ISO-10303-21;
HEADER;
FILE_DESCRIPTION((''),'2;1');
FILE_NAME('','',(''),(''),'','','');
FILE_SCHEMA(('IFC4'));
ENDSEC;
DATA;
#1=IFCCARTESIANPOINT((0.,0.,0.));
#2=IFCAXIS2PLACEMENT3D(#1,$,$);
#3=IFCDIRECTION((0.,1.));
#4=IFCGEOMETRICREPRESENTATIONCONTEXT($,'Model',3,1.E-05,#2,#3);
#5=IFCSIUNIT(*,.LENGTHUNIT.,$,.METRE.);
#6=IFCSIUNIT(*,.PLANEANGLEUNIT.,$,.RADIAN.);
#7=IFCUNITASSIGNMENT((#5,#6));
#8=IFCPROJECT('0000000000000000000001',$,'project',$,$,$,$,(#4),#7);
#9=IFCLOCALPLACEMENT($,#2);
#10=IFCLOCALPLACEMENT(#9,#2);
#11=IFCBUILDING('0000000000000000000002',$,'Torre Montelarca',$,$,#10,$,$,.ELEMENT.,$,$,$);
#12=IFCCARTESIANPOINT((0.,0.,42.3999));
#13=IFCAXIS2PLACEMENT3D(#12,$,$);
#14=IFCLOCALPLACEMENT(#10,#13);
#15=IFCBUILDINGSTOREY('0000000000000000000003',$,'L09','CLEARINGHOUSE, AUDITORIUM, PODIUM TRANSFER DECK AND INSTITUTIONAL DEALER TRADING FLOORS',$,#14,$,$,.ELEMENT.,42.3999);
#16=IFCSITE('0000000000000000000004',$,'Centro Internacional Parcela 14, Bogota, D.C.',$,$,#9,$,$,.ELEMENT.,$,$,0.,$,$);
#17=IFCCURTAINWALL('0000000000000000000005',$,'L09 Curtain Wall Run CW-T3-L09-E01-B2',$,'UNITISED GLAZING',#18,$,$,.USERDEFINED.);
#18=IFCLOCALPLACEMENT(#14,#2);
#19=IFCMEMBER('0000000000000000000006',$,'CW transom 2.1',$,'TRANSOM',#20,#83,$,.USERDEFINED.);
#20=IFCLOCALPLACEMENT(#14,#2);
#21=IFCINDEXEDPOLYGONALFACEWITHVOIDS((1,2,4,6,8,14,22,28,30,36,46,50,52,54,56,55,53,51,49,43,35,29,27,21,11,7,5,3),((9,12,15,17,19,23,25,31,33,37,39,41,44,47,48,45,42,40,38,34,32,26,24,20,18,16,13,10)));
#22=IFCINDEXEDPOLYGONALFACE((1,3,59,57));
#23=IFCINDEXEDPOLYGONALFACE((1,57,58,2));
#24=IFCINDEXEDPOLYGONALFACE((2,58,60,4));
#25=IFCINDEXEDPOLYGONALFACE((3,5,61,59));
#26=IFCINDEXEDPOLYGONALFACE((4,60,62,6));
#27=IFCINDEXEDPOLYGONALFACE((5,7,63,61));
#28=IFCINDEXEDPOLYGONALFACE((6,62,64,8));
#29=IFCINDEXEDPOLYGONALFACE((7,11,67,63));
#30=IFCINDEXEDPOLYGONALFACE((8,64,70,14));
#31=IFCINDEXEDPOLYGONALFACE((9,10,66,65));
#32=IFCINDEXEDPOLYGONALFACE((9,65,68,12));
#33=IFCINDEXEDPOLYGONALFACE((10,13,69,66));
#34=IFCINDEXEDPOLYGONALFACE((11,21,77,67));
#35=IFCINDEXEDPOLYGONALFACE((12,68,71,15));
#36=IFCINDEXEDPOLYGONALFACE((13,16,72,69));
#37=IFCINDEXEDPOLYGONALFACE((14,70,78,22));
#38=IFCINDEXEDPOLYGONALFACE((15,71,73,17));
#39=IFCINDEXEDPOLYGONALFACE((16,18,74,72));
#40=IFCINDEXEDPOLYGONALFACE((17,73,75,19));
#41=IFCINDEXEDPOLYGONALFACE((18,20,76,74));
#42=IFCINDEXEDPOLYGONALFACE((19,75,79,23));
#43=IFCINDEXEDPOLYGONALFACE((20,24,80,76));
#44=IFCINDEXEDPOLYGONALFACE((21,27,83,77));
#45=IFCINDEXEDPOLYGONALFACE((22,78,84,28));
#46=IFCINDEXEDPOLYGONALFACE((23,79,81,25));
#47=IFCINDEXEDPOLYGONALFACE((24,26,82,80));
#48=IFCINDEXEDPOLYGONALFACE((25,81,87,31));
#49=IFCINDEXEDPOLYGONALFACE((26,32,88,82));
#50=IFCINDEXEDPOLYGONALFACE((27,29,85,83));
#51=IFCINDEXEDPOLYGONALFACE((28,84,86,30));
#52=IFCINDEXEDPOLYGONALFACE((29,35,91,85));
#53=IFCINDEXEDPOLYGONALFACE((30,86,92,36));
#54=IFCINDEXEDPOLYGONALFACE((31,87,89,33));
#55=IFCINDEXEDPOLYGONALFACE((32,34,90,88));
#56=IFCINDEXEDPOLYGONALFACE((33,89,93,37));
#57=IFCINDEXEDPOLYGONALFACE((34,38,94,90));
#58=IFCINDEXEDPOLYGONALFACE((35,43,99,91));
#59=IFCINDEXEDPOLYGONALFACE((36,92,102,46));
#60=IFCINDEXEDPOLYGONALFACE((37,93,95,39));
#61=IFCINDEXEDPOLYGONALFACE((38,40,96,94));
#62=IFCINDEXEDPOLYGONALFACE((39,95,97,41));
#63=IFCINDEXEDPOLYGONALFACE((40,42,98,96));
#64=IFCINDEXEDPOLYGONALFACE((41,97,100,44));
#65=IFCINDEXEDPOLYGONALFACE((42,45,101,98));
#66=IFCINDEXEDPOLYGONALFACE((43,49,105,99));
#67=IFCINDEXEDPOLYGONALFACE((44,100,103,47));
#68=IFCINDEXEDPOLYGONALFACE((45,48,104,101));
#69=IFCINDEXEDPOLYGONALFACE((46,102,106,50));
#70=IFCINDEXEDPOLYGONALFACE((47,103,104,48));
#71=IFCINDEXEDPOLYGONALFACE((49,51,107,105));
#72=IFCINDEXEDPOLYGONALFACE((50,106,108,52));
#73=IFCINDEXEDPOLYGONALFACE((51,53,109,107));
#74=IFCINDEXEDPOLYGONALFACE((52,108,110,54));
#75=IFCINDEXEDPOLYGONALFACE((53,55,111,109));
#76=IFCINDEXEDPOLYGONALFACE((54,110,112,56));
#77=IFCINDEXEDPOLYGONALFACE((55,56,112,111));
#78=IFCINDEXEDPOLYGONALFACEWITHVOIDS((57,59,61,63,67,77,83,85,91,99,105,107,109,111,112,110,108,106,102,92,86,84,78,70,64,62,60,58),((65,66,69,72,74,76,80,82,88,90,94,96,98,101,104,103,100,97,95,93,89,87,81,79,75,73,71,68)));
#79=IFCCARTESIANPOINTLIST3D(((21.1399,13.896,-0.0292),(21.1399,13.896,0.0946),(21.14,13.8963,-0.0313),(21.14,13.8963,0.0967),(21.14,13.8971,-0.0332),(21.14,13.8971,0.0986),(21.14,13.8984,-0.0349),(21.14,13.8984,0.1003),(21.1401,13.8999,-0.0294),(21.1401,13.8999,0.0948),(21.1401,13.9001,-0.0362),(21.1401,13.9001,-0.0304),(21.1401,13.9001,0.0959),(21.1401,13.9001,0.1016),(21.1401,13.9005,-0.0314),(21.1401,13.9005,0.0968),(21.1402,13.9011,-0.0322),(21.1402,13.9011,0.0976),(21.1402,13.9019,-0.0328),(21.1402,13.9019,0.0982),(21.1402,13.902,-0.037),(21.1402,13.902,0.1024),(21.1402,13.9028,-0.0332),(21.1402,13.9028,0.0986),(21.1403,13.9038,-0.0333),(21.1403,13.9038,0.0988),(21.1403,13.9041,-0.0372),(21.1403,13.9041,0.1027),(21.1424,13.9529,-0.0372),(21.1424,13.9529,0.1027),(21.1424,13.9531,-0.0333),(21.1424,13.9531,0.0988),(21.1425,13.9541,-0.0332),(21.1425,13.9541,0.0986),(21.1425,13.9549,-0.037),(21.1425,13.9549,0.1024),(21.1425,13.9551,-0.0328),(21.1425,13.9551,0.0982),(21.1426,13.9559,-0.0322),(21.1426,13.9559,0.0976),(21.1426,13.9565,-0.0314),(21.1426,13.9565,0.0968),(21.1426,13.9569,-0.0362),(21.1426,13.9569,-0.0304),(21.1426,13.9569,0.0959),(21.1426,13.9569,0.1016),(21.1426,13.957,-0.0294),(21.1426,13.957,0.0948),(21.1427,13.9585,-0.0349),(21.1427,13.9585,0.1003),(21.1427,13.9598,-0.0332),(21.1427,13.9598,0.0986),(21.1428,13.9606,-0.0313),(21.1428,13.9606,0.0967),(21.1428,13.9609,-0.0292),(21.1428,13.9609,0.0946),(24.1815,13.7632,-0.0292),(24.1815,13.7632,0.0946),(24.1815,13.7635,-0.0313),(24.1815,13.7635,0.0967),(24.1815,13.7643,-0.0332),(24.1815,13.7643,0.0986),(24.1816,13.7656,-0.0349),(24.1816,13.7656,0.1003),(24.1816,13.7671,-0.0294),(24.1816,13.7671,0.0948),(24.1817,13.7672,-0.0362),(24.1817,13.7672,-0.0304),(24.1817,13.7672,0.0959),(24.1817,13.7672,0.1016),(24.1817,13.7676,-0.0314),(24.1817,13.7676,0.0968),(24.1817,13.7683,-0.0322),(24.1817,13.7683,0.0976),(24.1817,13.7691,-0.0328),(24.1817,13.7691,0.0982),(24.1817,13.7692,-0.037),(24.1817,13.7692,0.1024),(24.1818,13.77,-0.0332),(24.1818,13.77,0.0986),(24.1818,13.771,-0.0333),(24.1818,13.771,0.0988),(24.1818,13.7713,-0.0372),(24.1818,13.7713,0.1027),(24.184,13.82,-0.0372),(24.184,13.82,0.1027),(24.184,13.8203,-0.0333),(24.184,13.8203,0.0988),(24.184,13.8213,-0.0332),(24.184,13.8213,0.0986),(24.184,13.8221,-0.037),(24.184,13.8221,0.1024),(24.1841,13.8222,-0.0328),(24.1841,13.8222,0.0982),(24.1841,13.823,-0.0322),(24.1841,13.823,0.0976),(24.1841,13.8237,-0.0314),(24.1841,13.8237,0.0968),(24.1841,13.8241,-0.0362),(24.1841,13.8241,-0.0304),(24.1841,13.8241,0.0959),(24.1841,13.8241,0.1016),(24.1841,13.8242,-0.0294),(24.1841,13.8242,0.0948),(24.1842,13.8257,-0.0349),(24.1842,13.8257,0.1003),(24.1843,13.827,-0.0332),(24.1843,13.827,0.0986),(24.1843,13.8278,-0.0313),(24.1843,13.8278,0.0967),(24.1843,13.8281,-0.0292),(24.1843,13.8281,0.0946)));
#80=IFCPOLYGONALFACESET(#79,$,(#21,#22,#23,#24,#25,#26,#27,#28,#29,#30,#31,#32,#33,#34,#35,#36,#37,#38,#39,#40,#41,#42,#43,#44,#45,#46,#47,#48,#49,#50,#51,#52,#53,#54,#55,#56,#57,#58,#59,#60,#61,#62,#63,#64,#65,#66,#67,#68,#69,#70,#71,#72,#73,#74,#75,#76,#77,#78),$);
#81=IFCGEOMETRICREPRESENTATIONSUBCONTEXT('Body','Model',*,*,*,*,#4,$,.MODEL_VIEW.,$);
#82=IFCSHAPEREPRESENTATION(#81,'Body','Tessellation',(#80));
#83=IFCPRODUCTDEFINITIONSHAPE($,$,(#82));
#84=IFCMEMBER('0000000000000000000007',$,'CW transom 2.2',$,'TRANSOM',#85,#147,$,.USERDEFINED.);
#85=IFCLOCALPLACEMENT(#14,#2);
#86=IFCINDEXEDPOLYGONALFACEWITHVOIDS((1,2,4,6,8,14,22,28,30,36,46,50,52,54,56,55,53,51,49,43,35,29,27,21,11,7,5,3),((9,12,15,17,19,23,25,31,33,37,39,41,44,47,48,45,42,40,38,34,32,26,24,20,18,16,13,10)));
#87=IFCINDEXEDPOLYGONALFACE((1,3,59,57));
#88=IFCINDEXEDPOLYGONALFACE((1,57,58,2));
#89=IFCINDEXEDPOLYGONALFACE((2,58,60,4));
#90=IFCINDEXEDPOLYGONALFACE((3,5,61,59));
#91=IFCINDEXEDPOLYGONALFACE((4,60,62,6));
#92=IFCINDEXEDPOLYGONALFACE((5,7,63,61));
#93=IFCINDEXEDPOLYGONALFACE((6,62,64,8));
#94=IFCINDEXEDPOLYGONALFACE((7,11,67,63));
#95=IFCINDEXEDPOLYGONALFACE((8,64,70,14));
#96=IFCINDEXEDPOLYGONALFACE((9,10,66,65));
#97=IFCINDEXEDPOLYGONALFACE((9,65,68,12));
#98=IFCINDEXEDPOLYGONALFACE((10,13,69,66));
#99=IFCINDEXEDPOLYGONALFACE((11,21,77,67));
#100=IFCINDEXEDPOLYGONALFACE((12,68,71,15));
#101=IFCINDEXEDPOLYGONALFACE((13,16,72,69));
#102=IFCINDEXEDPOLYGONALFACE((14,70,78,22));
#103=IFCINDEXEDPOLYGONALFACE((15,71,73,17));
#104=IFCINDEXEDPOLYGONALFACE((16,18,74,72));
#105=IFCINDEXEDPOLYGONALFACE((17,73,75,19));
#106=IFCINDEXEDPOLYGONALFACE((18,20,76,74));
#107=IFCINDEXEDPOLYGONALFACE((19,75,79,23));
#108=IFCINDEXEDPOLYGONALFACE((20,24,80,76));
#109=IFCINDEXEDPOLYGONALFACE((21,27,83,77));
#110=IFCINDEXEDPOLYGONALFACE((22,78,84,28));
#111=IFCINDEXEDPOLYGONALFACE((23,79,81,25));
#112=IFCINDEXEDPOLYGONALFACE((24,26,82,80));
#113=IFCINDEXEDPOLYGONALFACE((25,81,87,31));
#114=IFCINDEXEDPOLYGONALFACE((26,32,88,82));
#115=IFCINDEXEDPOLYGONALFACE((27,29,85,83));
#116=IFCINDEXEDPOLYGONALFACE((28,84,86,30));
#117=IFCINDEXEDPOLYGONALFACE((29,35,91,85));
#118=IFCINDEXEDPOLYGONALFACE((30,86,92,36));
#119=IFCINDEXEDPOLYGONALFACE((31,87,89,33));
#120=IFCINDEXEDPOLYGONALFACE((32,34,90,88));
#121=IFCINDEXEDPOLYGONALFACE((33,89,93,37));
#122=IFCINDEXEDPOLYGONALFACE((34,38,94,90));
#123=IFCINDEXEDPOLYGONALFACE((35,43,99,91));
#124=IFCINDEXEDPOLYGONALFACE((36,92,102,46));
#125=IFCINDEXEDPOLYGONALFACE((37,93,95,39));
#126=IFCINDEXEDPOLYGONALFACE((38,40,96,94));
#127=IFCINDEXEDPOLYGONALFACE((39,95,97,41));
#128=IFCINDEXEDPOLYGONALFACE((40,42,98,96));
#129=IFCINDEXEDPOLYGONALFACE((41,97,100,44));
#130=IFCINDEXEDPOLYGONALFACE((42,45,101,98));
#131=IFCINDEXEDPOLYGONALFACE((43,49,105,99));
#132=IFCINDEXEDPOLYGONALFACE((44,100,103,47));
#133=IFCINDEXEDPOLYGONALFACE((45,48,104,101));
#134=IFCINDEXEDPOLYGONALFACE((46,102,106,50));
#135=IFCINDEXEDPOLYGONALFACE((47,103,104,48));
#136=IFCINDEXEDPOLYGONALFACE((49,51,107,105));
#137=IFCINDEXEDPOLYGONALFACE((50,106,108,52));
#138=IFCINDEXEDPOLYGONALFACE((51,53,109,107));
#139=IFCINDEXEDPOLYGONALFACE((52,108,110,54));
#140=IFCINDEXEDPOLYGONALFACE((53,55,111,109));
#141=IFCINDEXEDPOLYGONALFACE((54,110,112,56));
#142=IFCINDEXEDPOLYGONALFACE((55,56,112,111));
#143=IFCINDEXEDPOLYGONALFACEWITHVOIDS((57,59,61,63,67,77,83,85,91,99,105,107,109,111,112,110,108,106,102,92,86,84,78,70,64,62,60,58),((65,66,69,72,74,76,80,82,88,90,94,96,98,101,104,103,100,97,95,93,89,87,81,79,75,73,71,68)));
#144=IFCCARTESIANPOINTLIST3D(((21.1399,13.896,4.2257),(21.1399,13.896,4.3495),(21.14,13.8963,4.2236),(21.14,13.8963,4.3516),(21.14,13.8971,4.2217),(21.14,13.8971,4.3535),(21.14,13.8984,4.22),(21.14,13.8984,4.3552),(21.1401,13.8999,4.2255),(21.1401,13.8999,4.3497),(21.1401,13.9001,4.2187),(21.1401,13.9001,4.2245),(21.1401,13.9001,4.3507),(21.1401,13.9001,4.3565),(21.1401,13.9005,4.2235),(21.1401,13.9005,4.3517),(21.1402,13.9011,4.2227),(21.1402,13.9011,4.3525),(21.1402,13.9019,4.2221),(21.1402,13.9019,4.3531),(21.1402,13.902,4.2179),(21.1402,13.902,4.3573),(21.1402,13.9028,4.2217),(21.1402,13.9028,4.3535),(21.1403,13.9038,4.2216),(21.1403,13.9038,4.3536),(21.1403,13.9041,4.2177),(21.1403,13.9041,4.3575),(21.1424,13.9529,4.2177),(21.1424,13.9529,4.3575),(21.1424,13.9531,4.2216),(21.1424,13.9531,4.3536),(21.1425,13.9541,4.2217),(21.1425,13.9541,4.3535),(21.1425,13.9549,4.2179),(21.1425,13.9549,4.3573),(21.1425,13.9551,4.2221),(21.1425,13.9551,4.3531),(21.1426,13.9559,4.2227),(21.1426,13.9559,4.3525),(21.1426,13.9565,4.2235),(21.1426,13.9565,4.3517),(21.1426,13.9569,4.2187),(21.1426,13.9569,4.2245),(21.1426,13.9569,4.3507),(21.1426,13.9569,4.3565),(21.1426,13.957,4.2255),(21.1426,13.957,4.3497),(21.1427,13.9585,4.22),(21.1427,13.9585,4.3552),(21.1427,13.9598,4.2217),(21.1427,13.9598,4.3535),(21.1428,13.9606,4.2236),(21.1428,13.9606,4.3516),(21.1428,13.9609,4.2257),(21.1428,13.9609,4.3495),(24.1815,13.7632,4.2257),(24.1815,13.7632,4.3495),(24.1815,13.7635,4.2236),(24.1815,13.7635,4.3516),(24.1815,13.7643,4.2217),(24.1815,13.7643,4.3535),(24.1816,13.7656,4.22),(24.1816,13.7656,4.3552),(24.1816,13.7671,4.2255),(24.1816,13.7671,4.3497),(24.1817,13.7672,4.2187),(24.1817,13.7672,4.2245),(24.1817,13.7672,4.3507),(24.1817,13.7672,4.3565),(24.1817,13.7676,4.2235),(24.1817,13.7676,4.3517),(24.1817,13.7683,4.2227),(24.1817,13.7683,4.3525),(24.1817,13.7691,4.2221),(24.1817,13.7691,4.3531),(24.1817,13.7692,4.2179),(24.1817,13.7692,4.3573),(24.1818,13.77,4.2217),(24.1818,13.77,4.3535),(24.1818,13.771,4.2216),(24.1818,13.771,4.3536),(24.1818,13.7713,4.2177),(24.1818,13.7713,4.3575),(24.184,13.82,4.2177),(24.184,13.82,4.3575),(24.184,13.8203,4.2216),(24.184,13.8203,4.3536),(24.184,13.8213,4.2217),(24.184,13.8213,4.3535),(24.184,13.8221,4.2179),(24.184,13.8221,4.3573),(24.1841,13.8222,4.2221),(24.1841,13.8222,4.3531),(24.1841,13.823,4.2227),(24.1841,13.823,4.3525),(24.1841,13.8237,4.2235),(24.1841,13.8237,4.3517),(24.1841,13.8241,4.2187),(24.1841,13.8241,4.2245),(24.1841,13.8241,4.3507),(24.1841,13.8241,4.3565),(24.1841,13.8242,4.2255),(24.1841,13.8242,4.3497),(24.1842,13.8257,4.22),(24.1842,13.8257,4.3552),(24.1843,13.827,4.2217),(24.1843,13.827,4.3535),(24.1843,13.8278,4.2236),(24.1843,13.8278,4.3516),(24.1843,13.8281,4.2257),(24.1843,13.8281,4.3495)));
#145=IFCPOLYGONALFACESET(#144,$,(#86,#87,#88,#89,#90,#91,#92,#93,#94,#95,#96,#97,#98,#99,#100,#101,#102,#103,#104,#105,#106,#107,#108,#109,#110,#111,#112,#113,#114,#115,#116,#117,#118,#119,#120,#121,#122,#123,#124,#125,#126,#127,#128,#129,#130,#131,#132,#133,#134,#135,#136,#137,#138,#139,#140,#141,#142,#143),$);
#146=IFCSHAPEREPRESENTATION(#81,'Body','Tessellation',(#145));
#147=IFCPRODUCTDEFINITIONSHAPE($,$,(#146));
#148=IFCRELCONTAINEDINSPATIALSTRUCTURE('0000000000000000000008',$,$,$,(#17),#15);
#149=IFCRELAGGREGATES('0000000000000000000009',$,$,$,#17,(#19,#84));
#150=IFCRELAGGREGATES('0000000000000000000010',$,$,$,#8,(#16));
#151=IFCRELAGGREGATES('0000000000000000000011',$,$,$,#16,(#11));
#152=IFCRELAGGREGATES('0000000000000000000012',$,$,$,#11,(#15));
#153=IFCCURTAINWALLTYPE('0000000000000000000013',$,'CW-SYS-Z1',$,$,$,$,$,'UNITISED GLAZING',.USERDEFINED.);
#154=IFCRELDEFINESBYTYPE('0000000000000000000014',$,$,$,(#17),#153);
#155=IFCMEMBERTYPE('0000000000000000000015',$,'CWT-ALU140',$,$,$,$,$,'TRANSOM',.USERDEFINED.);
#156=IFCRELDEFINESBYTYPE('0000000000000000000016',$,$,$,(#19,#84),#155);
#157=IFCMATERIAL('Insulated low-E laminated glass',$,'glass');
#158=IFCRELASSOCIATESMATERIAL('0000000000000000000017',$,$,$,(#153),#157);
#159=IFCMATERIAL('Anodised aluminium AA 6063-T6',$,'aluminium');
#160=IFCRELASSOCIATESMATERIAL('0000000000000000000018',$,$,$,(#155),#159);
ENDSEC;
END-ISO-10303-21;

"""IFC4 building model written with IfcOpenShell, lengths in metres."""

from ifc_helpers import new_model, si_unit, direction, frame, origin, origin_2d, place, context, subcontext, project, spatial, hollow_rectangle, extrude, source, transform, mapped, material, material_profile, profile_set, type_object, element, aggregate, save


model = new_model("IFC4")

# Units and contexts
model_context = context("Model", 3, precision=1e-05, world=origin(), true_north=direction((0.0, 1.0)))
body_context = subcontext(model_context, "Body", "Model", "MODEL_VIEW")
ifc_project = project(units=[si_unit("LENGTHUNIT", "METRE"), si_unit("PLANEANGLEUNIT", "RADIAN")], contexts=[model_context])

# Site, building, storey
site_placement = place(None, origin())
site = spatial("IfcSite", under=ifc_project, at=site_placement, Name="Centro Internacional Parcela 14, Bogota, D.C.", CompositionType="ELEMENT", RefElevation=0.0)
building_placement = place(site_placement, origin())
building = spatial("IfcBuilding", under=site, at=building_placement, Name="Torre Montelarca", CompositionType="ELEMENT")
storey_placement = place(building_placement, frame((0.0, 0.0, 42.3999)))
storey = spatial("IfcBuildingStorey", under=building, at=storey_placement, Name="L09", Description="CLEARINGHOUSE, AUDITORIUM, PODIUM TRANSFER DECK AND INSTITUTIONAL DEALER TRADING FLOORS", CompositionType="ELEMENT", Elevation=42.3999)

# Curtain wall
ifc_material_1 = material(Name="Insulated low-E laminated glass", Category="glass")
curtain_wall_type = type_object("IfcCurtainWallType", Name="CW-SYS-Z1", ElementType="UNITISED GLAZING", PredefinedType="USERDEFINED", material=ifc_material_1)
curtain_wall_1_placement = place(storey_placement, origin())
curtain_wall_1 = element("IfcCurtainWall", 1, at=curtain_wall_1_placement, inside=storey, type_object=curtain_wall_type, Name="L09 Curtain Wall Run CW-T3-L09-E01-B2", ObjectType="UNITISED GLAZING", PredefinedType="USERDEFINED")
ifc_material_2 = material(Name="Anodised aluminium AA 6063-T6", Category="aluminium")
ifc_material_profile_1 = material_profile(ifc_material_2, hollow_rectangle(XDim=0.0649, YDim=0.1399, WallThickness=0.0039, InnerFilletRadius=0.0039, OuterFilletRadius=0.0081, at=origin_2d()), Name="ALU65X140X4", Category="aluminium")
ifc_profile_set_1 = profile_set([ifc_material_profile_1], Name="Anodised aluminium AA 6063-T6")
member_type_1 = type_object("IfcMemberType", Name="CWT-ALU140", ElementType="TRANSOM", PredefinedType="USERDEFINED", material=ifc_profile_set_1)

# Members
shared_shape_1 = source(origin(), body_context, "Body", "SweptSolid", [
    extrude(hollow_rectangle(XDim=0.0649, YDim=0.1399, WallThickness=0.0039, InnerFilletRadius=0.0039, OuterFilletRadius=0.0081, at=origin_2d()), origin(), (0.0, 0.0, 1.0), 3.0444),
])
member_1_placement = place(storey_placement, frame((21.1414, 13.9285, 0.0327), z_axis=(0.999048, -0.043625, 0.0), x_axis=(0.043625, 0.999048, 0.0)))
member_1 = element("IfcMember", 2, at=member_1_placement, type_object=member_type_1, Name="CW transom 2.1", ObjectType="TRANSOM", PredefinedType="USERDEFINED", context=body_context, shape_type="MappedRepresentation", body=[
    mapped(shared_shape_1, transform((0.0, 0.0, 0.0), scale=1.0)),
])
member_2_placement = place(storey_placement, frame((21.1414, 13.9285, 4.2876), z_axis=(0.999048, -0.043625, 0.0), x_axis=(0.043625, 0.999048, 0.0)))
member_2 = element("IfcMember", 3, at=member_2_placement, type_object=member_type_1, Name="CW transom 2.2", ObjectType="TRANSOM", PredefinedType="USERDEFINED", context=body_context, shape_type="MappedRepresentation", body=[
    mapped(shared_shape_1, transform((0.0, 0.0, 0.0), scale=1.0)),
])

aggregate(curtain_wall_1, [member_1, member_2])

save(model, "model.ifc")
